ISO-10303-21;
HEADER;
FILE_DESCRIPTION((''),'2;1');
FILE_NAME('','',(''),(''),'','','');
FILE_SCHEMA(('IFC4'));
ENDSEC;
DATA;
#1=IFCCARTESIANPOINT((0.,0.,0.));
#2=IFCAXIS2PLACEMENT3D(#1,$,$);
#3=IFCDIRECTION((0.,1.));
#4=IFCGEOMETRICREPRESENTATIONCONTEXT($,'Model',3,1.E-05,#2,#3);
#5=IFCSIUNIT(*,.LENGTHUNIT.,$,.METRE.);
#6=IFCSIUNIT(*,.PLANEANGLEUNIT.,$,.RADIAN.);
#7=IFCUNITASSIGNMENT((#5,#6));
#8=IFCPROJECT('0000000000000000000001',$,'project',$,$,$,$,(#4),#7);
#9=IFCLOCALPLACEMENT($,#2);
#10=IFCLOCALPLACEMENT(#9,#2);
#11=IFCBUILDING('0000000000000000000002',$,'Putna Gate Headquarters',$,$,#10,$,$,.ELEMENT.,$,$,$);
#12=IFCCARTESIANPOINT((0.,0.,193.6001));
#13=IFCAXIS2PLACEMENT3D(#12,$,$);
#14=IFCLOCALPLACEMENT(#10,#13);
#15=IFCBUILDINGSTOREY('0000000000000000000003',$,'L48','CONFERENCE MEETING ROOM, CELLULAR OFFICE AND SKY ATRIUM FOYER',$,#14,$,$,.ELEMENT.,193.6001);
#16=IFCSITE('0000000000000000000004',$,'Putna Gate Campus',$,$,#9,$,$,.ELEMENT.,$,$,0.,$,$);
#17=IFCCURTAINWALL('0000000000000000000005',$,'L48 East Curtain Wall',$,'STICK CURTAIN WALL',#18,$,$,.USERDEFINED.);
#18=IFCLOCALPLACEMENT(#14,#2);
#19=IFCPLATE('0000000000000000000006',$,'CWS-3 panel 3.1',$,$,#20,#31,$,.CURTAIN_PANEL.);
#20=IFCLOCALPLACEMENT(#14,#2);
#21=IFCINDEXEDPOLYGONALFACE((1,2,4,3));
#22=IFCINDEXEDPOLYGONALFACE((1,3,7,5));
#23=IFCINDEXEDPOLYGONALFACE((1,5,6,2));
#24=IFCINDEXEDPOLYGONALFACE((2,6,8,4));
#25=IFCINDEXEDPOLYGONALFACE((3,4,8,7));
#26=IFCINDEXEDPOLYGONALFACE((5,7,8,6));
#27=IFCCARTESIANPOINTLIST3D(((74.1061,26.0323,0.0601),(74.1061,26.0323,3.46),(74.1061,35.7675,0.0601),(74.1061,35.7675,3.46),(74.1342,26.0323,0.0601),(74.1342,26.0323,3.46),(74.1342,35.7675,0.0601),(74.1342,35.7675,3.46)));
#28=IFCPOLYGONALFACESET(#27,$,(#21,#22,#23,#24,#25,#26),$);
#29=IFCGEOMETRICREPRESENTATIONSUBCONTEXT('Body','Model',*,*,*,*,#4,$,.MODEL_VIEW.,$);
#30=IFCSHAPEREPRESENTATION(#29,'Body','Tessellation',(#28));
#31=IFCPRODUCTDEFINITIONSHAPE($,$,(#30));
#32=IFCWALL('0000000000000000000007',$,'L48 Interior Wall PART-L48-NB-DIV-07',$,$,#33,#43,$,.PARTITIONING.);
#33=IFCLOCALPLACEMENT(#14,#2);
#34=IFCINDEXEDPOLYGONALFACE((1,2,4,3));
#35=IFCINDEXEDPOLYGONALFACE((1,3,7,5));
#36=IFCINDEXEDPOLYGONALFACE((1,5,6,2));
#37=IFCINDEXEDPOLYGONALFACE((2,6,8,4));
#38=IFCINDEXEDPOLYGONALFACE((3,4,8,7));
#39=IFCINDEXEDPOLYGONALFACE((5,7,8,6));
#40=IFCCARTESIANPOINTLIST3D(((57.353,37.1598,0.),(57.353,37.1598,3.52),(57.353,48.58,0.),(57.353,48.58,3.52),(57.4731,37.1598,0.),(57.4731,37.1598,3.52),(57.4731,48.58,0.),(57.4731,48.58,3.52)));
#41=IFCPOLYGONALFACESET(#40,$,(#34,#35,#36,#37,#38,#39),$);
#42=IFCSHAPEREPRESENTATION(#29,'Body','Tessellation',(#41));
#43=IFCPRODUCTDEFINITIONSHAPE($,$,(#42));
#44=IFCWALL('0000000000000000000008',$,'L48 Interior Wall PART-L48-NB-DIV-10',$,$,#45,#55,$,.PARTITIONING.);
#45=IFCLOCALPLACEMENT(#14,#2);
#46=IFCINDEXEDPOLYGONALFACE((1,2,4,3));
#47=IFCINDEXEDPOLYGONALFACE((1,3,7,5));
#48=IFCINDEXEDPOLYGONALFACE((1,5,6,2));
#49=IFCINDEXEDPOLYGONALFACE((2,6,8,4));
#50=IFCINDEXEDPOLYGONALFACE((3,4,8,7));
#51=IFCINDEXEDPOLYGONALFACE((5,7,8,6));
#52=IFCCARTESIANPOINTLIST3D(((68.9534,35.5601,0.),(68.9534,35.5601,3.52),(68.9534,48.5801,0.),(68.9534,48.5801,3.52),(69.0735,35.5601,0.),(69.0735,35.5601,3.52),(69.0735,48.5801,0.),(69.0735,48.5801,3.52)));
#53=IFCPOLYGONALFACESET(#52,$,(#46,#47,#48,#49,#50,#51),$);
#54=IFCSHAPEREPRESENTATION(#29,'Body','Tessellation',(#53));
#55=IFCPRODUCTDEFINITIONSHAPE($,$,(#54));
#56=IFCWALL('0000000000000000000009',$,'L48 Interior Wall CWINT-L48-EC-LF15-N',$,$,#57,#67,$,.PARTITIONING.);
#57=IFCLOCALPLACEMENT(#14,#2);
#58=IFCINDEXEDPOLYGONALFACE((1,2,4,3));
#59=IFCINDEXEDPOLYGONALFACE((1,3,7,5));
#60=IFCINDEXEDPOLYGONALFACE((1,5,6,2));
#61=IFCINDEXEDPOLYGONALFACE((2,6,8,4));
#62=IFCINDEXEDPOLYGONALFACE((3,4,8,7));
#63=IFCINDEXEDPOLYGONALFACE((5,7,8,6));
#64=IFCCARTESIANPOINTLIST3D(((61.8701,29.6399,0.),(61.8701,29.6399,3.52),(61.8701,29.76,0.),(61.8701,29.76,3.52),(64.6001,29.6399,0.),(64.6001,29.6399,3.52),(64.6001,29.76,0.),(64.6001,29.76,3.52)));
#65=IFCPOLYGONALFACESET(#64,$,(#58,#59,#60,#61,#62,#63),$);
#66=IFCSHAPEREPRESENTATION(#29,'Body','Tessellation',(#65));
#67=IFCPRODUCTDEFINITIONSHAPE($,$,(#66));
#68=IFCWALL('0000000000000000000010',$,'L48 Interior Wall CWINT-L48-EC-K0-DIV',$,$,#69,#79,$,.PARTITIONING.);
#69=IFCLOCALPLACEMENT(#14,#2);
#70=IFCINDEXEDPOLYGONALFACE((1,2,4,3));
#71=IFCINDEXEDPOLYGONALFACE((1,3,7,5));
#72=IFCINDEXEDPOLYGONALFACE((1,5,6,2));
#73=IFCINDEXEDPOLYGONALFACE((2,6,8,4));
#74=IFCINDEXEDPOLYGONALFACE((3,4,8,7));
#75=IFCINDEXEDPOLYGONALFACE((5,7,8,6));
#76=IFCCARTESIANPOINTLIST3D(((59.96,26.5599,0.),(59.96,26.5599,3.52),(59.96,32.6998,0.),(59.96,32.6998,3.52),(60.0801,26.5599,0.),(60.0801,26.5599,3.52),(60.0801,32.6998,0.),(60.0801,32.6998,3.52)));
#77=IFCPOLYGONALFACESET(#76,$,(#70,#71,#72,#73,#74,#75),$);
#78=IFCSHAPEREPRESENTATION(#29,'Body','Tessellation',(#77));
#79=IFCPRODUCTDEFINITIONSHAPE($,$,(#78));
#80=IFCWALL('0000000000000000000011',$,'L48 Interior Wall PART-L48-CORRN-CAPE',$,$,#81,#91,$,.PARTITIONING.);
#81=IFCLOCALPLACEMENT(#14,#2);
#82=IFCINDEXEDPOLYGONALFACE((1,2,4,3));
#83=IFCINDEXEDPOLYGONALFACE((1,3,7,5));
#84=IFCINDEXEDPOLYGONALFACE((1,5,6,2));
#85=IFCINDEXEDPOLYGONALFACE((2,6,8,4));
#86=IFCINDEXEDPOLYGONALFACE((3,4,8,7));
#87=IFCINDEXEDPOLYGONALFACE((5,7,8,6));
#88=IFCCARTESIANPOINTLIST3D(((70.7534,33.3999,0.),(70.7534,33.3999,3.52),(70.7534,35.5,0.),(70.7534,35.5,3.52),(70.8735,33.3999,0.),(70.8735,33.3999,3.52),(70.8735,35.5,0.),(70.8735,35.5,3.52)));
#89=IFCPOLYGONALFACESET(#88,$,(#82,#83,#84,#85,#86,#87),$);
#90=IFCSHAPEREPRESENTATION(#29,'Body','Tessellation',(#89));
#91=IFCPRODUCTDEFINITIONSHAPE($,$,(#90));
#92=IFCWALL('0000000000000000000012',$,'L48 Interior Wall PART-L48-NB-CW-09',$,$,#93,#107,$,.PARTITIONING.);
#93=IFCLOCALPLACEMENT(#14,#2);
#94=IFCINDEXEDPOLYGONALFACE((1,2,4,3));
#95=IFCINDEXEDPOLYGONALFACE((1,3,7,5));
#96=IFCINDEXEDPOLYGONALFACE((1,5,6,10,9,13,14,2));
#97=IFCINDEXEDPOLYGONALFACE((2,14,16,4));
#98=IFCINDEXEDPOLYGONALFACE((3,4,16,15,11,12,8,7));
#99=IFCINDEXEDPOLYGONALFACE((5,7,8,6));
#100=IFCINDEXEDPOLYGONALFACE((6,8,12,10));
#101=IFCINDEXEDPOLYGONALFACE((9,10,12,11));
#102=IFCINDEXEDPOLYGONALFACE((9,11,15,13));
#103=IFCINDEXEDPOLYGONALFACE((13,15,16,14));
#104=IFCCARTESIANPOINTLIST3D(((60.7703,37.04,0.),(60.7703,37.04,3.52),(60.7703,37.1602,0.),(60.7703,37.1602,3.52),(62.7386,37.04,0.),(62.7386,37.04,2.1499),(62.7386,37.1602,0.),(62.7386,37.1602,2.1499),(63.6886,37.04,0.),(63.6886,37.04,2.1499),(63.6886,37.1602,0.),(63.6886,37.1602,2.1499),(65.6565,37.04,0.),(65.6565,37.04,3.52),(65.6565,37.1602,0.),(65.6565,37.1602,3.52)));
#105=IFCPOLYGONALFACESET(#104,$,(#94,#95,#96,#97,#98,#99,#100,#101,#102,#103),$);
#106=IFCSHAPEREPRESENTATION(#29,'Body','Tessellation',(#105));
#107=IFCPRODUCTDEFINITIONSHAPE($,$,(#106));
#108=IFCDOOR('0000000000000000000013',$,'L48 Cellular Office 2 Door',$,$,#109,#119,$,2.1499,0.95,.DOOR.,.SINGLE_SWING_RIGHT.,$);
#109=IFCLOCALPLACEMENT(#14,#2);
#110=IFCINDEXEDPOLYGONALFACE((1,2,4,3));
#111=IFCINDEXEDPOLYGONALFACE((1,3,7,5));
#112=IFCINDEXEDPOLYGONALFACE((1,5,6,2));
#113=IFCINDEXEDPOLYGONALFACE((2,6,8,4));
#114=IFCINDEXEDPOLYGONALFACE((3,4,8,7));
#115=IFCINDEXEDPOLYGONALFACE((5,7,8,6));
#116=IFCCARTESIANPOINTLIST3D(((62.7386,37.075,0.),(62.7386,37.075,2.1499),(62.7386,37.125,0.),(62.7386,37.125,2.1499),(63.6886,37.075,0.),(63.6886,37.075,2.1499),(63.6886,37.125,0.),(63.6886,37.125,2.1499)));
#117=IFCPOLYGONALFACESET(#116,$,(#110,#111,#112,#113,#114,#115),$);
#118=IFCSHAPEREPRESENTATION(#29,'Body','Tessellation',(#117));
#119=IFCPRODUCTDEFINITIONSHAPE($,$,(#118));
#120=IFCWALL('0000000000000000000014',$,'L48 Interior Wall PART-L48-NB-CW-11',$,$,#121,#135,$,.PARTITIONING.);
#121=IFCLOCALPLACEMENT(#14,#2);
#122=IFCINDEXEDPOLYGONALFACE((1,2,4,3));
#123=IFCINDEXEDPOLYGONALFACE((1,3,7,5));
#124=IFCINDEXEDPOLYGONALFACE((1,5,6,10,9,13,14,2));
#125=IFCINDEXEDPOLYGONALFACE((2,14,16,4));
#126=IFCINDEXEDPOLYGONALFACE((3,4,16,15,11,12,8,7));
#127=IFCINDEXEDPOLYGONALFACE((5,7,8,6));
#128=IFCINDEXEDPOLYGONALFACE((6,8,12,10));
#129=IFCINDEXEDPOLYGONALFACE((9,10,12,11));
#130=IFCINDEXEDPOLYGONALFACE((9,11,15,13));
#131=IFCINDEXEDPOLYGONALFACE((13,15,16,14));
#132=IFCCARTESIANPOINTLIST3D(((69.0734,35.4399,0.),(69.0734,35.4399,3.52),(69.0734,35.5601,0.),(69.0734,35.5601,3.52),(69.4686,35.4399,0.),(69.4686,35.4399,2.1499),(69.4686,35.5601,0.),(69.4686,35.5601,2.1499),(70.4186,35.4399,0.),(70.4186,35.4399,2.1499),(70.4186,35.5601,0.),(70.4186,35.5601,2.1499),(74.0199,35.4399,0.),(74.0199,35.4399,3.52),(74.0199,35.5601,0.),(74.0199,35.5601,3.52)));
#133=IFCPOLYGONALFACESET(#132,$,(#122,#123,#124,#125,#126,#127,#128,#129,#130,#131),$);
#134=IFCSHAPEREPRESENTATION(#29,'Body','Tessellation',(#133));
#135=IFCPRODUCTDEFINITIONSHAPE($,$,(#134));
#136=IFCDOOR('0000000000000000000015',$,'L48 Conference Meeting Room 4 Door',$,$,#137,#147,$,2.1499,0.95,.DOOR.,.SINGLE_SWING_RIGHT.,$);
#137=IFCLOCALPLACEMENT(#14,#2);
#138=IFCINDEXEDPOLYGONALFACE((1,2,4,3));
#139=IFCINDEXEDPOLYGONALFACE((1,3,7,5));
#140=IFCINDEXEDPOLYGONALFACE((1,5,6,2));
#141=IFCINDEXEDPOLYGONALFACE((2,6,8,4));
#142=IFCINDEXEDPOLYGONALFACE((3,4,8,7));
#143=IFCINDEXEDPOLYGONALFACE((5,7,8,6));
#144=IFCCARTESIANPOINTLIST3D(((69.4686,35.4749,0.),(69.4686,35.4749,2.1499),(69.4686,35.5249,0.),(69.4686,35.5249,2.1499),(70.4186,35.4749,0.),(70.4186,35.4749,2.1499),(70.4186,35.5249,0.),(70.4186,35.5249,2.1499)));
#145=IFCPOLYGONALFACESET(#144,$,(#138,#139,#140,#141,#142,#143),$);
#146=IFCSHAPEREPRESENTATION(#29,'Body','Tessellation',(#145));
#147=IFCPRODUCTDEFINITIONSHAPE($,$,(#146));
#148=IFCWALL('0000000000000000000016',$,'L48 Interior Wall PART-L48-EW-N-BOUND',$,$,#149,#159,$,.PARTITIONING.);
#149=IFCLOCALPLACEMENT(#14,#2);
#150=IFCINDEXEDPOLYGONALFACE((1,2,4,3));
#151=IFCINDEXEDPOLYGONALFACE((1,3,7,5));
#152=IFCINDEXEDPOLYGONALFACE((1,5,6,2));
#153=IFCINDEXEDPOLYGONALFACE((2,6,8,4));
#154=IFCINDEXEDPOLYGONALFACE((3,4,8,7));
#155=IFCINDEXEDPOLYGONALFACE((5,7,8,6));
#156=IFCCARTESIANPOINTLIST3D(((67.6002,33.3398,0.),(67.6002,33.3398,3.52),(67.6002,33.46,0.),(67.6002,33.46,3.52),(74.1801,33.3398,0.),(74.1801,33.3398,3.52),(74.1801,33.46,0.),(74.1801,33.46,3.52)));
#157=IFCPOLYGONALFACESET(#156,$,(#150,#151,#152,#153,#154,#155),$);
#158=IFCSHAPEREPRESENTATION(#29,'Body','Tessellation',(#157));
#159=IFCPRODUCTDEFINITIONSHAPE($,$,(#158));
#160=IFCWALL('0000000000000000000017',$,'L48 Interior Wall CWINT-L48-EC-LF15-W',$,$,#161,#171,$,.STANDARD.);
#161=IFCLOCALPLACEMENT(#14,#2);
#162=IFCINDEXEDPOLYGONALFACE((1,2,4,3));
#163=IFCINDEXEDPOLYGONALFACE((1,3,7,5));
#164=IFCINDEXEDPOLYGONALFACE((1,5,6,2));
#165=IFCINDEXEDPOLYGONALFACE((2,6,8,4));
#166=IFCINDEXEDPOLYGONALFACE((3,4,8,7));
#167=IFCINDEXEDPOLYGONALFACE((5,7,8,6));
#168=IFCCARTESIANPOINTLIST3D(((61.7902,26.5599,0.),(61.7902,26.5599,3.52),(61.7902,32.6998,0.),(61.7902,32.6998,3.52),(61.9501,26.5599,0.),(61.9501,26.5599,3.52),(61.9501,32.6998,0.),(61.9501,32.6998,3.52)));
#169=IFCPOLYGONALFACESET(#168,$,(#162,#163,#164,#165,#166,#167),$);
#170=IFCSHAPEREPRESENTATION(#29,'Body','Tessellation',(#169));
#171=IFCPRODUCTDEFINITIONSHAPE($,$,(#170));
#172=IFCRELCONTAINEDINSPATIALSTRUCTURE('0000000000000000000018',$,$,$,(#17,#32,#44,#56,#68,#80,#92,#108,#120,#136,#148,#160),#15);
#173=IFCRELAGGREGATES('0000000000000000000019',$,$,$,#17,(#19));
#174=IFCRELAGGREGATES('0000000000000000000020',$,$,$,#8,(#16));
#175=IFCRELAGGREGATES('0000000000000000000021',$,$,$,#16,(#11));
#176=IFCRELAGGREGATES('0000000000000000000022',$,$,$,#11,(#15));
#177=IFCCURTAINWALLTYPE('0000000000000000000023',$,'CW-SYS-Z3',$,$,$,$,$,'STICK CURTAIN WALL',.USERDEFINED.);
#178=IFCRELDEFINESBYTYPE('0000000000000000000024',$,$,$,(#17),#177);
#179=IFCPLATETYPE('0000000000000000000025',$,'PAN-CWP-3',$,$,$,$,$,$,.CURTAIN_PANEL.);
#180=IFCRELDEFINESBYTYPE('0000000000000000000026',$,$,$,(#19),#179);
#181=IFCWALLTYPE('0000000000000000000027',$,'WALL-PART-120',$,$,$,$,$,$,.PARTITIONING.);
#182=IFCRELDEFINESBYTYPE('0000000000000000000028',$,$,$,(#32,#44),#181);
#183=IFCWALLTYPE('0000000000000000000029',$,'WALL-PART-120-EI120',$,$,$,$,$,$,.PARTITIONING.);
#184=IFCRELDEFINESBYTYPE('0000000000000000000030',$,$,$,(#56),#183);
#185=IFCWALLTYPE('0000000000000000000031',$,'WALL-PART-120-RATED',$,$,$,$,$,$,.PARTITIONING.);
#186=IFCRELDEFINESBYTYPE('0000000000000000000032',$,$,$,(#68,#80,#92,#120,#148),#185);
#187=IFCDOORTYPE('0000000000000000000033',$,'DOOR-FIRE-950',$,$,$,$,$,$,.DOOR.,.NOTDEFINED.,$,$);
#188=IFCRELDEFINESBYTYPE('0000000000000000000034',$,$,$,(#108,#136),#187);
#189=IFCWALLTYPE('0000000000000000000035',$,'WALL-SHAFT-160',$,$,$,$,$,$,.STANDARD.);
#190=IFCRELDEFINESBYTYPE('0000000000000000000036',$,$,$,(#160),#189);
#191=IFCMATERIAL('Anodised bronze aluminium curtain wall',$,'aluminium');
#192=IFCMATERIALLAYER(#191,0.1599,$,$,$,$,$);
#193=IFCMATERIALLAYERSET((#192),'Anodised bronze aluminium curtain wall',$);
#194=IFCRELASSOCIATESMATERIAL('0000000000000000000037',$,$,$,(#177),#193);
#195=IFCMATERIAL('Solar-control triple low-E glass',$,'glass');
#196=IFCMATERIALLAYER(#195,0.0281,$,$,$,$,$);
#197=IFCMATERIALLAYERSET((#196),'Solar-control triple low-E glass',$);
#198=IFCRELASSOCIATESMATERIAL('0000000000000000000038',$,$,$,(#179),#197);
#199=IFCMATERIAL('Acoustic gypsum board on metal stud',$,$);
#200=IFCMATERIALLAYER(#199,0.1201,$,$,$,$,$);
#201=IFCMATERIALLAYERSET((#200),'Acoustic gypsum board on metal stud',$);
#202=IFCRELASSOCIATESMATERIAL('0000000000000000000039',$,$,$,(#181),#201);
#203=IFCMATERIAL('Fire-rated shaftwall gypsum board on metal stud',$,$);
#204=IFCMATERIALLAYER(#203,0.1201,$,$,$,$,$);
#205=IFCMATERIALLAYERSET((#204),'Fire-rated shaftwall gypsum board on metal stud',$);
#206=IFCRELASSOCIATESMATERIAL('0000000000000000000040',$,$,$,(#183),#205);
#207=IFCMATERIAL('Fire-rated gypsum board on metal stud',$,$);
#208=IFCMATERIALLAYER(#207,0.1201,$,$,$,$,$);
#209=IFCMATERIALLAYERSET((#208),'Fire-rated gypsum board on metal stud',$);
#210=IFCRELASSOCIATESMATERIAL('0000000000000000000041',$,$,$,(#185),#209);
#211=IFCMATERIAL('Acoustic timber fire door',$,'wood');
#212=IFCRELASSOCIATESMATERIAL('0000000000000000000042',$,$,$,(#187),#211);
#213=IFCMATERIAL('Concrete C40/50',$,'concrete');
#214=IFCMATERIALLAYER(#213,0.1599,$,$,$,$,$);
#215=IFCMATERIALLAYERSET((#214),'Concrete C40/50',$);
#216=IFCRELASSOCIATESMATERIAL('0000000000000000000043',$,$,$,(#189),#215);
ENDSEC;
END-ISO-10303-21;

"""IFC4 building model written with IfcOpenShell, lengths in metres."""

from ifc_helpers import new_model, si_unit, direction, frame, frame_2d, origin, origin_2d, place, context, subcontext, project, spatial, rectangle, extrude, material, layer, layer_set, type_object, element, fill, aggregate, save


model = new_model("IFC4")

# Units and contexts
model_context = context("Model", 3, precision=1e-05, world=origin(), true_north=direction((0.0, 1.0)))
body_context = subcontext(model_context, "Body", "Model", "MODEL_VIEW")
ifc_project = project(units=[si_unit("LENGTHUNIT", "METRE"), si_unit("PLANEANGLEUNIT", "RADIAN")], contexts=[model_context])

# Site, building, storey
site_placement = place(None, origin())
site = spatial("IfcSite", under=ifc_project, at=site_placement, Name="Putna Gate Campus", CompositionType="ELEMENT", RefElevation=0.0)
building_placement = place(site_placement, origin())
building = spatial("IfcBuilding", under=site, at=building_placement, Name="Putna Gate Headquarters", CompositionType="ELEMENT")
storey_placement = place(building_placement, frame((0.0, 0.0, 193.6001)))
storey = spatial("IfcBuildingStorey", under=building, at=storey_placement, Name="L48", Description="CONFERENCE MEETING ROOM, CELLULAR OFFICE AND SKY ATRIUM FOYER", CompositionType="ELEMENT", Elevation=193.6001)

# Curtain wall, plate
ifc_material_1 = material(Name="Anodised bronze aluminium curtain wall", Category="aluminium")
ifc_layer_1 = layer(ifc_material_1, 0.1599)
ifc_layer_set_1 = layer_set([ifc_layer_1], Name="Anodised bronze aluminium curtain wall")
curtain_wall_type = type_object("IfcCurtainWallType", Name="CW-SYS-Z3", ElementType="STICK CURTAIN WALL", PredefinedType="USERDEFINED", material=ifc_layer_set_1)
curtain_wall_placement = place(storey_placement, origin())
curtain_wall = element("IfcCurtainWall", 1, at=curtain_wall_placement, inside=storey, type_object=curtain_wall_type, Name="L48 East Curtain Wall", ObjectType="STICK CURTAIN WALL", PredefinedType="USERDEFINED")
ifc_material_2 = material(Name="Solar-control triple low-E glass", Category="glass")
ifc_layer_2 = layer(ifc_material_2, 0.0281)
ifc_layer_set_2 = layer_set([ifc_layer_2], Name="Solar-control triple low-E glass")
plate_type = type_object("IfcPlateType", Name="PAN-CWP-3", PredefinedType="CURTAIN_PANEL", material=ifc_layer_set_2)
plate_placement = place(storey_placement, frame((74.1201, 30.8999, 0.0601), z_axis=(0.0, 0.0, 1.0), x_axis=(0.0, 1.0, 0.0)))
plate = element("IfcPlate", 2, at=plate_placement, type_object=plate_type, Name="CWS-3 panel 3.1", PredefinedType="CURTAIN_PANEL", context=body_context, shape_type="SweptSolid", body=[
    extrude(rectangle(XDim=9.7351, YDim=0.0281, at=origin_2d()), origin(), (0.0, 0.0, 1.0), 3.3999),
])
aggregate(curtain_wall, [plate])

# Walls
ifc_material_3 = material(Name="Acoustic gypsum board on metal stud")
ifc_layer_3 = layer(ifc_material_3, 0.1201)
ifc_layer_set_3 = layer_set([ifc_layer_3], Name="Acoustic gypsum board on metal stud")
wall_type_1 = type_object("IfcWallType", Name="WALL-PART-120", PredefinedType="PARTITIONING", material=ifc_layer_set_3)
wall_1_placement = place(storey_placement, frame((57.4131, 37.1599, 0.0), z_axis=(0.0, 0.0, 1.0), x_axis=(0.0, 1.0, 0.0)))
element("IfcWall", 3, at=wall_1_placement, inside=storey, type_object=wall_type_1, Name="L48 Interior Wall PART-L48-NB-DIV-07", PredefinedType="PARTITIONING", context=body_context, shape_type="SweptSolid", body=[
    extrude(rectangle(XDim=11.4202, YDim=0.1201, at=frame_2d((5.71, 0.0))), origin(), (0.0, 0.0, 1.0), 3.52),
])
wall_2_placement = place(storey_placement, frame((69.0134, 35.5601, 0.0), z_axis=(0.0, 0.0, 1.0), x_axis=(0.0, 1.0, 0.0)))
element("IfcWall", 4, at=wall_2_placement, inside=storey, type_object=wall_type_1, Name="L48 Interior Wall PART-L48-NB-DIV-10", PredefinedType="PARTITIONING", context=body_context, shape_type="SweptSolid", body=[
    extrude(rectangle(XDim=13.02, YDim=0.1201, at=frame_2d((6.51, 0.0))), origin(), (0.0, 0.0, 1.0), 3.52),
])
ifc_material_4 = material(Name="Fire-rated shaftwall gypsum board on metal stud")
ifc_layer_4 = layer(ifc_material_4, 0.1201)
ifc_layer_set_4 = layer_set([ifc_layer_4], Name="Fire-rated shaftwall gypsum board on metal stud")
wall_type_2 = type_object("IfcWallType", Name="WALL-PART-120-EI120", PredefinedType="PARTITIONING", material=ifc_layer_set_4)
wall_3_placement = place(storey_placement, frame((61.8701, 29.7, 0.0), z_axis=(0.0, 0.0, 1.0), x_axis=(1.0, 0.0, 0.0)))
element("IfcWall", 5, at=wall_3_placement, inside=storey, type_object=wall_type_2, Name="L48 Interior Wall CWINT-L48-EC-LF15-N", PredefinedType="PARTITIONING", context=body_context, shape_type="SweptSolid", body=[
    extrude(rectangle(XDim=2.73, YDim=0.1201, at=frame_2d((1.365, 0.0))), origin(), (0.0, 0.0, 1.0), 3.52),
])
ifc_material_5 = material(Name="Fire-rated gypsum board on metal stud")
ifc_layer_5 = layer(ifc_material_5, 0.1201)
ifc_layer_set_5 = layer_set([ifc_layer_5], Name="Fire-rated gypsum board on metal stud")
wall_type_3 = type_object("IfcWallType", Name="WALL-PART-120-RATED", PredefinedType="PARTITIONING", material=ifc_layer_set_5)
wall_4_placement = place(storey_placement, frame((60.02, 26.5601, 0.0), z_axis=(0.0, 0.0, 1.0), x_axis=(0.0, 1.0, 0.0)))
element("IfcWall", 6, at=wall_4_placement, inside=storey, type_object=wall_type_3, Name="L48 Interior Wall CWINT-L48-EC-K0-DIV", PredefinedType="PARTITIONING", context=body_context, shape_type="SweptSolid", body=[
    extrude(rectangle(XDim=6.1399, YDim=0.1201, at=frame_2d((3.0698, 0.0))), origin(), (0.0, 0.0, 1.0), 3.52),
])
wall_5_placement = place(storey_placement, frame((70.8135, 33.3999, 0.0), z_axis=(0.0, 0.0, 1.0), x_axis=(0.0, 1.0, 0.0)))
element("IfcWall", 7, at=wall_5_placement, inside=storey, type_object=wall_type_3, Name="L48 Interior Wall PART-L48-CORRN-CAPE", PredefinedType="PARTITIONING", context=body_context, shape_type="SweptSolid", body=[
    extrude(rectangle(XDim=2.1001, YDim=0.1201, at=frame_2d((1.05, 0.0))), origin(), (0.0, 0.0, 1.0), 3.52),
])

# Walls, openings, doors
ifc_material_6 = material(Name="Acoustic timber fire door", Category="wood")
door_type = type_object("IfcDoorType", Name="DOOR-FIRE-950", OperationType="NOTDEFINED", PredefinedType="DOOR", material=ifc_material_6)
wall_6_placement = place(storey_placement, frame((60.7703, 37.1001, 0.0), z_axis=(0.0, 0.0, 1.0), x_axis=(1.0, 0.0, 0.0)))
wall_6 = element("IfcWall", 8, at=wall_6_placement, inside=storey, type_object=wall_type_3, Name="L48 Interior Wall PART-L48-NB-CW-09", PredefinedType="PARTITIONING", context=body_context, shape_type="SweptSolid", body=[
    extrude(rectangle(XDim=4.8862, YDim=0.1201, at=frame_2d((2.4431, 0.0))), origin(), (0.0, 0.0, 1.0), 3.52),
])
opening_1_placement = place(wall_6_placement, frame((1.9683, 0.0, 0.0)))
opening_1 = element("IfcOpeningElement", 9, at=opening_1_placement, cuts=wall_6, PredefinedType="OPENING", context=body_context, shape_type="SweptSolid", body=[
    extrude(rectangle(XDim=0.95, YDim=2.1499, at=frame_2d((0.4751, 1.075))), frame((0.0, 0.0701, 0.0), z_axis=(0.0, -1.0, 0.0), x_axis=(1.0, 0.0, 0.0)), (0.0, 0.0, 1.0), 0.1401),
])
door_1_placement = place(opening_1_placement, origin())
door_1 = element("IfcDoor", 10, at=door_1_placement, inside=storey, type_object=door_type, Name="L48 Cellular Office 2 Door", OperationType="SINGLE_SWING_RIGHT", OverallHeight=2.1499, OverallWidth=0.95, PredefinedType="DOOR", context=body_context, shape_type="SweptSolid", body=[
    extrude(rectangle(XDim=0.95, YDim=2.1499, at=frame_2d((0.4751, 1.075))), frame((0.0, 0.0249, 0.0), z_axis=(0.0, -1.0, 0.0), x_axis=(1.0, 0.0, 0.0)), (0.0, 0.0, 1.0), 0.05),
])
fill(opening_1, door_1)
wall_7_placement = place(storey_placement, frame((69.0735, 35.5, 0.0), z_axis=(0.0, 0.0, 1.0), x_axis=(1.0, 0.0, 0.0)))
wall_7 = element("IfcWall", 11, at=wall_7_placement, inside=storey, type_object=wall_type_3, Name="L48 Interior Wall PART-L48-NB-CW-11", PredefinedType="PARTITIONING", context=body_context, shape_type="SweptSolid", body=[
    extrude(rectangle(XDim=4.9465, YDim=0.1201, at=frame_2d((2.4731, 0.0))), origin(), (0.0, 0.0, 1.0), 3.52),
])
opening_2_placement = place(wall_7_placement, frame((0.395, 0.0, 0.0)))
opening_2 = element("IfcOpeningElement", 12, at=opening_2_placement, cuts=wall_7, PredefinedType="OPENING", context=body_context, shape_type="SweptSolid", body=[
    extrude(rectangle(XDim=0.95, YDim=2.1499, at=frame_2d((0.4751, 1.075))), frame((0.0, 0.0701, 0.0), z_axis=(0.0, -1.0, 0.0), x_axis=(1.0, 0.0, 0.0)), (0.0, 0.0, 1.0), 0.1401),
])
door_2_placement = place(opening_2_placement, origin())
door_2 = element("IfcDoor", 13, at=door_2_placement, inside=storey, type_object=door_type, Name="L48 Conference Meeting Room 4 Door", OperationType="SINGLE_SWING_RIGHT", OverallHeight=2.1499, OverallWidth=0.95, PredefinedType="DOOR", context=body_context, shape_type="SweptSolid", body=[
    extrude(rectangle(XDim=0.95, YDim=2.1499, at=frame_2d((0.4751, 1.075))), frame((0.0, 0.0249, 0.0), z_axis=(0.0, -1.0, 0.0), x_axis=(1.0, 0.0, 0.0)), (0.0, 0.0, 1.0), 0.05),
])
fill(opening_2, door_2)

# Walls
wall_8_placement = place(storey_placement, frame((67.6001, 33.3999, 0.0), z_axis=(0.0, 0.0, 1.0), x_axis=(1.0, 0.0, 0.0)))
element("IfcWall", 14, at=wall_8_placement, inside=storey, type_object=wall_type_3, Name="L48 Interior Wall PART-L48-EW-N-BOUND", PredefinedType="PARTITIONING", context=body_context, shape_type="SweptSolid", body=[
    extrude(rectangle(XDim=6.5798, YDim=0.1201, at=frame_2d((3.29, 0.0))), origin(), (0.0, 0.0, 1.0), 3.52),
])
ifc_material_7 = material(Name="Concrete C40/50", Category="concrete")
ifc_layer_6 = layer(ifc_material_7, 0.1599)
ifc_layer_set_6 = layer_set([ifc_layer_6], Name="Concrete C40/50")
wall_type_4 = type_object("IfcWallType", Name="WALL-SHAFT-160", PredefinedType="STANDARD", material=ifc_layer_set_6)
wall_9_placement = place(storey_placement, frame((61.8701, 26.5601, 0.0), z_axis=(0.0, 0.0, 1.0), x_axis=(0.0, 1.0, 0.0)))
element("IfcWall", 15, at=wall_9_placement, inside=storey, type_object=wall_type_4, Name="L48 Interior Wall CWINT-L48-EC-LF15-W", PredefinedType="STANDARD", context=body_context, shape_type="SweptSolid", body=[
    extrude(rectangle(XDim=6.1399, YDim=0.1599, at=frame_2d((3.0698, 0.0))), origin(), (0.0, 0.0, 1.0), 3.52),
])

save(model, "model.ifc")
